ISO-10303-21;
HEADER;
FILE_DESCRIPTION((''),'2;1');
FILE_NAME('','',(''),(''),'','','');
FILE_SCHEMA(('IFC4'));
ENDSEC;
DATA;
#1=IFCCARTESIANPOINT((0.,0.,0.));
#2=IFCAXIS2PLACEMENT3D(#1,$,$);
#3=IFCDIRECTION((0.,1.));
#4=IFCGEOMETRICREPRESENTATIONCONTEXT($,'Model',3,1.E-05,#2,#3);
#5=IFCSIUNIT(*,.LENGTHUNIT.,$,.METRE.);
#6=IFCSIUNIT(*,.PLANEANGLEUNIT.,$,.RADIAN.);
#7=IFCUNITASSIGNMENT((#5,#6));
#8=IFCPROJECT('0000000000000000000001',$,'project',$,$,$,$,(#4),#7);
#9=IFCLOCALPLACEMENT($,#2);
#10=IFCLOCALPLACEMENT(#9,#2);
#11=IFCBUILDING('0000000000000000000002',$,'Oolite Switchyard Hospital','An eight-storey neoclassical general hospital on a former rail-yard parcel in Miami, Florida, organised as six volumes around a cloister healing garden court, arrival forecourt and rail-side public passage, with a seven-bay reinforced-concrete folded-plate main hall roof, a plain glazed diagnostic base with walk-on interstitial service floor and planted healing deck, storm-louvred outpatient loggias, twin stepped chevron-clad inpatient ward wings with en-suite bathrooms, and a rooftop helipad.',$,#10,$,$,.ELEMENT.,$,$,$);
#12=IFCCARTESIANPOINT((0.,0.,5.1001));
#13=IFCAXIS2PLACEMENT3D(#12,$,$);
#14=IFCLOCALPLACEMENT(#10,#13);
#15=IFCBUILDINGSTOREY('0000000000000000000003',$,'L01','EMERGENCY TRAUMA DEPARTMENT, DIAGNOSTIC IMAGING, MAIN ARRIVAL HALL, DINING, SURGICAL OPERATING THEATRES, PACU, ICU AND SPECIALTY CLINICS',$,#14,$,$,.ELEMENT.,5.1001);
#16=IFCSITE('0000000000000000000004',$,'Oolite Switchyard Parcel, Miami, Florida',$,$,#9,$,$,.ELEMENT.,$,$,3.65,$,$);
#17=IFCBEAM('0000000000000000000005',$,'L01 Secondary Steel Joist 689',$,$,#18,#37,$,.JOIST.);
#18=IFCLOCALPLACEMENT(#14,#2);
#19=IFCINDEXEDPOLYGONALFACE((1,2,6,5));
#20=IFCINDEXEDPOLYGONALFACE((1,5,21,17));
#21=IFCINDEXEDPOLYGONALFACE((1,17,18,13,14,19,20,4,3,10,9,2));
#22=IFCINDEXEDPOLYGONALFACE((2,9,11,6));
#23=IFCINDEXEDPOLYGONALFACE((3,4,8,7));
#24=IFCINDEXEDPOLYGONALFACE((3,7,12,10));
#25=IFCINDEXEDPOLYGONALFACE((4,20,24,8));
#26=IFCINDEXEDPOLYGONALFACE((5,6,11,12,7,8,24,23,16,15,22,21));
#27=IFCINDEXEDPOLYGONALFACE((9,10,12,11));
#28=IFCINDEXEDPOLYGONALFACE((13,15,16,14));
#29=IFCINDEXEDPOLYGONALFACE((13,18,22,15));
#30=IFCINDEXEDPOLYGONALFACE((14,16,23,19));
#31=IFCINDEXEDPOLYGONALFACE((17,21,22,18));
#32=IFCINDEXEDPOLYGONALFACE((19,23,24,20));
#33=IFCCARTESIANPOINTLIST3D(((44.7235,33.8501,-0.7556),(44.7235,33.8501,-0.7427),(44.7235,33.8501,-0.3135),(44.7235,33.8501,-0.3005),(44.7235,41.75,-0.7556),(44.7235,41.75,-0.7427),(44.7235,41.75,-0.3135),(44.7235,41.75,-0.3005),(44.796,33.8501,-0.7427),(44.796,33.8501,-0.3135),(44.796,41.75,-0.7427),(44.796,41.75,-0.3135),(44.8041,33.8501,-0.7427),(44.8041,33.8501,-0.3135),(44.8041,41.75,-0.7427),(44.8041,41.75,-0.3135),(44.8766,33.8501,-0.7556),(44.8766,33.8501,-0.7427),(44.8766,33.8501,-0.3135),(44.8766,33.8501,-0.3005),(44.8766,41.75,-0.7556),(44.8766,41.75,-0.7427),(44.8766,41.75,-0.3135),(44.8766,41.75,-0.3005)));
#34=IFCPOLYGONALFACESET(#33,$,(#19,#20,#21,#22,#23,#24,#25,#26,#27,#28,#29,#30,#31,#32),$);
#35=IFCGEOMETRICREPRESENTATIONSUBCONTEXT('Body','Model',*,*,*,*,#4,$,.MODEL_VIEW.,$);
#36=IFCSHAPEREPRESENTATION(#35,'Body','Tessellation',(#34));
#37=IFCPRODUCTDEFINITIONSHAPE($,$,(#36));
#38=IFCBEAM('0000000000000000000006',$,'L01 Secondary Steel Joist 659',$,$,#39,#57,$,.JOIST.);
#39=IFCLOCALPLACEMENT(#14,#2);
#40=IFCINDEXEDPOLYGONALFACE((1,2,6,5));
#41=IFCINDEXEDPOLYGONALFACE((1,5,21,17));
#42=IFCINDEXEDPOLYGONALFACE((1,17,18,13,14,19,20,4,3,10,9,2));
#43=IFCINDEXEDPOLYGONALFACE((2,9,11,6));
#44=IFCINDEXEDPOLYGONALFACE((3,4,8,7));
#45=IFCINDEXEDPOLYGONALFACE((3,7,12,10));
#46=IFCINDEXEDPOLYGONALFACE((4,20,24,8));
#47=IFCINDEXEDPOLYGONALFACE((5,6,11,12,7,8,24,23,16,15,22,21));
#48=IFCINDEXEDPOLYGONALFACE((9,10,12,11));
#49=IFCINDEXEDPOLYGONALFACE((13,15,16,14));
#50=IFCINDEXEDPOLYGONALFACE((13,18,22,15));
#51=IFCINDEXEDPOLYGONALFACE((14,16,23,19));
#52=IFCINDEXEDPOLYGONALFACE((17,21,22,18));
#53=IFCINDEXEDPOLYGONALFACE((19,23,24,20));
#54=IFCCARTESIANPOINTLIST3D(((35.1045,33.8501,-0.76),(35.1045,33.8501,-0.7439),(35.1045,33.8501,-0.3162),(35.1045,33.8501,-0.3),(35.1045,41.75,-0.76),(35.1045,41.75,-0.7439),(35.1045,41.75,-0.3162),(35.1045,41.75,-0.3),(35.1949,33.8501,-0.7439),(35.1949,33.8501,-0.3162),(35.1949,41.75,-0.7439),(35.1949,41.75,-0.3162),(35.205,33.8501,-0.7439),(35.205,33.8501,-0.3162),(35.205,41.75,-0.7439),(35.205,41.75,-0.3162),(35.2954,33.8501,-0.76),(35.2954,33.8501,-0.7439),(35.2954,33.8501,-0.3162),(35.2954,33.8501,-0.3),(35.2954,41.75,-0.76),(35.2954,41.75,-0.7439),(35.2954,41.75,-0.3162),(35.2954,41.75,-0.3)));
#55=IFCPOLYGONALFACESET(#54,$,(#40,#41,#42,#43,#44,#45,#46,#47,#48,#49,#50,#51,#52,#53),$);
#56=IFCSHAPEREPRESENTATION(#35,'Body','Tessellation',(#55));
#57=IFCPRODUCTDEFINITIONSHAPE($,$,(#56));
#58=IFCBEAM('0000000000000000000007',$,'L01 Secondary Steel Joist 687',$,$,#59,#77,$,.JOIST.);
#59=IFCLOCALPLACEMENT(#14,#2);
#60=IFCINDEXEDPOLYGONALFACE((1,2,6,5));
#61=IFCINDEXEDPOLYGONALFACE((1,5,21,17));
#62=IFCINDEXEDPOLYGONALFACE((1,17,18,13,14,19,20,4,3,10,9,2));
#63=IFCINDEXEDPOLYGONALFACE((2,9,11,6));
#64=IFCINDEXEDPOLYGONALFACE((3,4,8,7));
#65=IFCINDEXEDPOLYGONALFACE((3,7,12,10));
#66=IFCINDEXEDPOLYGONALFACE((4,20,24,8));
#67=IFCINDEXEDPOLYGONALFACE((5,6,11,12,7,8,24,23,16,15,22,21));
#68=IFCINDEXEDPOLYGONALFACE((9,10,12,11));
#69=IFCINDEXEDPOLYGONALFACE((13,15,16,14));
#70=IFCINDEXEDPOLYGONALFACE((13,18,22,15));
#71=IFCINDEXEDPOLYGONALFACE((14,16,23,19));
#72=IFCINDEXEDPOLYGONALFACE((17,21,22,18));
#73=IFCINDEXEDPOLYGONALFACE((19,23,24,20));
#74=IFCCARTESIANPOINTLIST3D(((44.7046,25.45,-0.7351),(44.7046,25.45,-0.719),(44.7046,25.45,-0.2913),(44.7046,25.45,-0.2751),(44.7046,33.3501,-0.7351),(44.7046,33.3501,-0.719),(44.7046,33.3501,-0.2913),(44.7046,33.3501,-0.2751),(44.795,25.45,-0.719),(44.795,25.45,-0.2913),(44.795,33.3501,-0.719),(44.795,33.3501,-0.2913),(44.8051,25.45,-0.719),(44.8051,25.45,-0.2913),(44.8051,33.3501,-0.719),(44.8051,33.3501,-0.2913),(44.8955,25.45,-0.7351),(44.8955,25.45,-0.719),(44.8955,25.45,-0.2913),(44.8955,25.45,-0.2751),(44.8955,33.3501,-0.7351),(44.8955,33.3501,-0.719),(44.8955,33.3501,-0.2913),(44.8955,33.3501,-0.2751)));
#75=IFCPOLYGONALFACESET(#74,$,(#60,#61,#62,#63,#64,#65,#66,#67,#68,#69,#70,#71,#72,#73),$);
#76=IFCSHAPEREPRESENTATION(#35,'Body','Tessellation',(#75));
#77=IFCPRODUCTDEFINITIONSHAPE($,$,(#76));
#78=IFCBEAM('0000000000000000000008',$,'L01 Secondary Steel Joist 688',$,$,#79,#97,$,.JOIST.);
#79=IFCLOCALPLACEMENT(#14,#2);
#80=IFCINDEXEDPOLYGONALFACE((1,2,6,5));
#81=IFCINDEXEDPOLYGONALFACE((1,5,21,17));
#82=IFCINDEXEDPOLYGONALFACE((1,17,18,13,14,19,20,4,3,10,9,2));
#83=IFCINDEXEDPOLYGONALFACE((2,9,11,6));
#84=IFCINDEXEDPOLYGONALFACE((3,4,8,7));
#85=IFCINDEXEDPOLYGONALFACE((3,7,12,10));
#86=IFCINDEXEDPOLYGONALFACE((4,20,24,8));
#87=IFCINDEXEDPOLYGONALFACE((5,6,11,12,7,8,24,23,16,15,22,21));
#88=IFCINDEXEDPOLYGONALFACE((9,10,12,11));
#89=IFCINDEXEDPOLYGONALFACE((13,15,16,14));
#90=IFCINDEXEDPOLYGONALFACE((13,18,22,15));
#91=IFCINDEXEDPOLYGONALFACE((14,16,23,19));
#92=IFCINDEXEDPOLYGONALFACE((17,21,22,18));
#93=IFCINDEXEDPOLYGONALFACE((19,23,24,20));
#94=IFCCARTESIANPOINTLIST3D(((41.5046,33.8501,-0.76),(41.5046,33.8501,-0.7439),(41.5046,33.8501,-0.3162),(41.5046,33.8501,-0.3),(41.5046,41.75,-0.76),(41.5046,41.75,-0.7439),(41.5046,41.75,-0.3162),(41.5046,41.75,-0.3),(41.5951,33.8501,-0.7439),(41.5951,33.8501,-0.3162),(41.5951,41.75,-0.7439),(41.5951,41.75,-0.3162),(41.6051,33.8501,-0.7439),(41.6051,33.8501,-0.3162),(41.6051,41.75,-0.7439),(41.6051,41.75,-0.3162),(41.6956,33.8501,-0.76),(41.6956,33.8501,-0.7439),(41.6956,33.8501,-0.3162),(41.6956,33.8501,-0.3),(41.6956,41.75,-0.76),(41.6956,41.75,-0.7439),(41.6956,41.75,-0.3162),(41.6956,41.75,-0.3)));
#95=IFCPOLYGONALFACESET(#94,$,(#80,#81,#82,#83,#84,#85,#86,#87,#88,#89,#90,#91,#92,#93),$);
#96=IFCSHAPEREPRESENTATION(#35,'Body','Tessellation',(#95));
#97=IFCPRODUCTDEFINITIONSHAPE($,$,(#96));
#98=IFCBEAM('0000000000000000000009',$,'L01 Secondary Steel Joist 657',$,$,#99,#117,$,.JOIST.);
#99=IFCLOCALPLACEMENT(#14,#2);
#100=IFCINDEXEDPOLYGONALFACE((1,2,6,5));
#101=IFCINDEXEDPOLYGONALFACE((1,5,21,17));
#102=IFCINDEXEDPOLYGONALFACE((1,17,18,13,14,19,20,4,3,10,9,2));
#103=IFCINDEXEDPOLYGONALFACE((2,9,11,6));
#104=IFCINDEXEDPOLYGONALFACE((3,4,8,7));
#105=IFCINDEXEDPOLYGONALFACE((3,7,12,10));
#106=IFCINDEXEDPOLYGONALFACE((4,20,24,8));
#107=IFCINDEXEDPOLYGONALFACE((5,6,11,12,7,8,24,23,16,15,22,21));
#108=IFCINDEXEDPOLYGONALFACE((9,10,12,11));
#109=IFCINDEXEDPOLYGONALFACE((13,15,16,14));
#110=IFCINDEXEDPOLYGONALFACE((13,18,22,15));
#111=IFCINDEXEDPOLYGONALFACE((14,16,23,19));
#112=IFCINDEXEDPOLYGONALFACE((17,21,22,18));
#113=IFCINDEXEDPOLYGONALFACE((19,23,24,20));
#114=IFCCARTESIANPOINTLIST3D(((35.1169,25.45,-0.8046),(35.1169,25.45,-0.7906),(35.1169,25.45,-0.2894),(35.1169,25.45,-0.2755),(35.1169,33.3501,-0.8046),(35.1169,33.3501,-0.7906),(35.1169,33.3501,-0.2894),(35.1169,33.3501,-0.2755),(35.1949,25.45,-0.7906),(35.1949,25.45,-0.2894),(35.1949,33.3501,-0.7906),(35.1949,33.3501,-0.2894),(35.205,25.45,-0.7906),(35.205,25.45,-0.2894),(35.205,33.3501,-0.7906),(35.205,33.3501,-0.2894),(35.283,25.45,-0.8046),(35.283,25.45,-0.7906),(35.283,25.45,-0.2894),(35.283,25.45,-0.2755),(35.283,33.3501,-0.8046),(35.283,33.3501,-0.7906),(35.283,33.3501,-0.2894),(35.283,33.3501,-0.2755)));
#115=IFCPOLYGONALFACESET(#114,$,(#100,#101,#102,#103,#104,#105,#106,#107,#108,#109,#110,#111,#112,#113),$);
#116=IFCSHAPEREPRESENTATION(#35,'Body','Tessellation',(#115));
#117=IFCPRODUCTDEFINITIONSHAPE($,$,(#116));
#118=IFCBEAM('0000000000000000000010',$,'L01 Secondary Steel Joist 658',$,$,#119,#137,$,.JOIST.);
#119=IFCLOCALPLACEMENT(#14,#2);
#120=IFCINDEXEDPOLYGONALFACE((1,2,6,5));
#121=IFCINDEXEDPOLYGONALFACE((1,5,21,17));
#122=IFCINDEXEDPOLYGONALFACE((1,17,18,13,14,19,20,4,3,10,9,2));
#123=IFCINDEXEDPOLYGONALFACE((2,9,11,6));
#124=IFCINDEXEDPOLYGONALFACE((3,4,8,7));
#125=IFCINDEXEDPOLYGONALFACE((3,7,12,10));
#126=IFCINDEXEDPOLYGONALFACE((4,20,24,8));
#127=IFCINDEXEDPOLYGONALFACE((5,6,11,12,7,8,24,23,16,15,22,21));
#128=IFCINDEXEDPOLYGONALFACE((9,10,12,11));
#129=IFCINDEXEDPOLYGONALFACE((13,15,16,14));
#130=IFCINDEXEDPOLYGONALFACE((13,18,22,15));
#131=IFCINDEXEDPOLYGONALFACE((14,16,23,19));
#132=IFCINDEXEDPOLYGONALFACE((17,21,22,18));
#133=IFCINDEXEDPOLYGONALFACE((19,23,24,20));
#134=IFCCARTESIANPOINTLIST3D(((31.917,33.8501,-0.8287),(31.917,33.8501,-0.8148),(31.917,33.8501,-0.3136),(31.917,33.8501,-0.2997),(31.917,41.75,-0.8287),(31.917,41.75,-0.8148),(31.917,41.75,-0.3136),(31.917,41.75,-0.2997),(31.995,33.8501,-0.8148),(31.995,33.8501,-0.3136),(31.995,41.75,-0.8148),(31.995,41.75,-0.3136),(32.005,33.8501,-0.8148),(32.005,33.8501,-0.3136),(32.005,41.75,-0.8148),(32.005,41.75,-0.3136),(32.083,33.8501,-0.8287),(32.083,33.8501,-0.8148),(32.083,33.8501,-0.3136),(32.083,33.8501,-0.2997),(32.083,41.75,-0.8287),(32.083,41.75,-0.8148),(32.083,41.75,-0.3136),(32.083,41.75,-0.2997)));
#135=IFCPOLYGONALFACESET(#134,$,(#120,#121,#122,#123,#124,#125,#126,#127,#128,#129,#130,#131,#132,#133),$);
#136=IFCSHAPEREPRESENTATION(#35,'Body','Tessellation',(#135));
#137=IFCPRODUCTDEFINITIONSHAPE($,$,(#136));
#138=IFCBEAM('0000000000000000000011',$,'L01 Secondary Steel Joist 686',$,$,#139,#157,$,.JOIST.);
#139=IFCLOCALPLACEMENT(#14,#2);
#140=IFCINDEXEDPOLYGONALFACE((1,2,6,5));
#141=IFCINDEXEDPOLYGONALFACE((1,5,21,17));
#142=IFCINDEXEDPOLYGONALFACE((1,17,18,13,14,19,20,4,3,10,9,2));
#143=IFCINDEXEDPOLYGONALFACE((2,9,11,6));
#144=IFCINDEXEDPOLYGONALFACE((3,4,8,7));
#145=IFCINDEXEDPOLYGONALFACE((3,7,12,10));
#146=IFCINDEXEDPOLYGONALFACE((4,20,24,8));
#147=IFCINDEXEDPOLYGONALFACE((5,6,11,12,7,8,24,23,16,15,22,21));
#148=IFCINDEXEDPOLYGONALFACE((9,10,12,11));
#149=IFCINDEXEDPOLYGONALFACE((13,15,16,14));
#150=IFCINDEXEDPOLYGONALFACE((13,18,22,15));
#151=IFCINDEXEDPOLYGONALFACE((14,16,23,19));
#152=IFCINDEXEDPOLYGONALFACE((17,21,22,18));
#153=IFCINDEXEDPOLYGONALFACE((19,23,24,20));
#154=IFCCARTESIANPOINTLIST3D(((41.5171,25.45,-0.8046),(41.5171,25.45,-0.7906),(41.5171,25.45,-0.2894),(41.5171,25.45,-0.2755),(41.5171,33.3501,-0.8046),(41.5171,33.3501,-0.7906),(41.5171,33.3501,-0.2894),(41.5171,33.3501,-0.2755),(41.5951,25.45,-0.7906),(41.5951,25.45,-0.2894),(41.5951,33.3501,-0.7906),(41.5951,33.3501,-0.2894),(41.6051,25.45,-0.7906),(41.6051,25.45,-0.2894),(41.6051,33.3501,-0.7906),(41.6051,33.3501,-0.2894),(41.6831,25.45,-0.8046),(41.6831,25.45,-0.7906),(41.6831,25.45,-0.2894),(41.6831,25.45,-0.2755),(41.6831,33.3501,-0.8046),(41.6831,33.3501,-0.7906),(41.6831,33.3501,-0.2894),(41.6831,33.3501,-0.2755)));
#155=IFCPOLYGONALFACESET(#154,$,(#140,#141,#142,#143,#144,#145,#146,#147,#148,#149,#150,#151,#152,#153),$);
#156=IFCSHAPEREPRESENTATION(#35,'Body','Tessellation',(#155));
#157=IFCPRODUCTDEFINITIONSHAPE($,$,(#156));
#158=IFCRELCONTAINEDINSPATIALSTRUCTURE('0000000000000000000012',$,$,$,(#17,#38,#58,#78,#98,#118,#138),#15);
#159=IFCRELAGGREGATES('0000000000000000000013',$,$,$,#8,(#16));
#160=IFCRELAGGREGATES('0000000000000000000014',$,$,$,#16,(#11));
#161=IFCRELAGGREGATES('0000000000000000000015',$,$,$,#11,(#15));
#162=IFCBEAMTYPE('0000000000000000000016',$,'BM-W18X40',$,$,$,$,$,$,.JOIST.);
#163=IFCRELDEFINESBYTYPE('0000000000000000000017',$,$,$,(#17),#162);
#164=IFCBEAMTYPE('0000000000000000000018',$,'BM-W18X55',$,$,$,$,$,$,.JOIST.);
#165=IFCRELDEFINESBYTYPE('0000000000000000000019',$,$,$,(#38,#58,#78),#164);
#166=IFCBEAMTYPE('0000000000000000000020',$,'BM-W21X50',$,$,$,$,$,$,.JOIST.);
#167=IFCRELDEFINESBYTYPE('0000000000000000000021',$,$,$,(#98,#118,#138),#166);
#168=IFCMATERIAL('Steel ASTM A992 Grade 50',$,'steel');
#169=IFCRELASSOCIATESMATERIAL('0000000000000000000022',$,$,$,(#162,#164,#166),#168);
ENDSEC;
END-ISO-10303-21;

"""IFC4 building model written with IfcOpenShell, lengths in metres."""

from ifc_helpers import new_model, si_unit, direction, frame, origin, origin_2d, place, context, subcontext, project, spatial, i_section, extrude, material, material_profile, profile_set, type_object, element, save


model = new_model("IFC4")

# Units and contexts
model_context = context("Model", 3, precision=1e-05, world=origin(), true_north=direction((0.0, 1.0)))
body_context = subcontext(model_context, "Body", "Model", "MODEL_VIEW")
ifc_project = project(units=[si_unit("LENGTHUNIT", "METRE"), si_unit("PLANEANGLEUNIT", "RADIAN")], contexts=[model_context])

# Site, building, storey
site_placement = place(None, origin())
site = spatial("IfcSite", under=ifc_project, at=site_placement, Name="Oolite Switchyard Parcel, Miami, Florida", CompositionType="ELEMENT", RefElevation=3.65)
building_placement = place(site_placement, origin())
building = spatial("IfcBuilding", under=site, at=building_placement, Name="Oolite Switchyard Hospital", Description="An eight-storey neoclassical general hospital on a former rail-yard parcel in Miami, Florida, organised as six volumes around a cloister healing garden court, arrival forecourt and rail-side public passage, with a seven-bay reinforced-concrete folded-plate main hall roof, a plain glazed diagnostic base with walk-on interstitial service floor and planted healing deck, storm-louvred outpatient loggias, twin stepped chevron-clad inpatient ward wings with en-suite bathrooms, and a rooftop helipad.", CompositionType="ELEMENT")
storey_placement = place(building_placement, frame((0.0, 0.0, 5.1001)))
storey = spatial("IfcBuildingStorey", under=building, at=storey_placement, Name="L01", Description="EMERGENCY TRAUMA DEPARTMENT, DIAGNOSTIC IMAGING, MAIN ARRIVAL HALL, DINING, SURGICAL OPERATING THEATRES, PACU, ICU AND SPECIALTY CLINICS", CompositionType="ELEMENT", Elevation=5.1001)

# Beams
ifc_material_1 = material(Name="Steel ASTM A992 Grade 50", Category="steel")
ifc_material_profile_1 = material_profile(ifc_material_1, i_section(OverallWidth=0.1531, OverallDepth=0.4551, WebThickness=0.0081, FlangeThickness=0.0129, at=origin_2d()), Name="W18X40")
ifc_profile_set_1 = profile_set([ifc_material_profile_1], Name="Steel ASTM A992 Grade 50")
beam_type_1 = type_object("IfcBeamType", Name="BM-W18X40", PredefinedType="JOIST", material=ifc_profile_set_1)
beam_1_placement = place(storey_placement, frame((44.8, 33.8501, -0.5281), z_axis=(0.0, 1.0, 0.0), x_axis=(-1.0, 0.0, 0.0)))
element("IfcBeam", 1, at=beam_1_placement, inside=storey, type_object=beam_type_1, Name="L01 Secondary Steel Joist 689", PredefinedType="JOIST", context=body_context, shape_type="SweptSolid", body=[
    extrude(i_section(OverallWidth=0.1531, OverallDepth=0.4551, WebThickness=0.0081, FlangeThickness=0.0129, at=origin_2d()), origin(), (0.0, 0.0, 1.0), 7.8999),
])
ifc_material_profile_2 = material_profile(ifc_material_1, i_section(OverallWidth=0.1909, OverallDepth=0.46, WebThickness=0.01, FlangeThickness=0.0161, at=origin_2d()), Name="W18X55")
ifc_profile_set_2 = profile_set([ifc_material_profile_2], Name="Steel ASTM A992 Grade 50")
beam_type_2 = type_object("IfcBeamType", Name="BM-W18X55", PredefinedType="JOIST", material=ifc_profile_set_2)
beam_2_placement = place(storey_placement, frame((35.2, 33.8501, -0.53), z_axis=(0.0, 1.0, 0.0), x_axis=(-1.0, 0.0, 0.0)))
element("IfcBeam", 2, at=beam_2_placement, inside=storey, type_object=beam_type_2, Name="L01 Secondary Steel Joist 659", PredefinedType="JOIST", context=body_context, shape_type="SweptSolid", body=[
    extrude(i_section(OverallWidth=0.1909, OverallDepth=0.46, WebThickness=0.01, FlangeThickness=0.0161, at=origin_2d()), origin(), (0.0, 0.0, 1.0), 7.8999),
])
beam_3_placement = place(storey_placement, frame((44.8, 25.45, -0.5051), z_axis=(0.0, 1.0, 0.0), x_axis=(-1.0, 0.0, 0.0)))
element("IfcBeam", 3, at=beam_3_placement, inside=storey, type_object=beam_type_2, Name="L01 Secondary Steel Joist 687", PredefinedType="JOIST", context=body_context, shape_type="SweptSolid", body=[
    extrude(i_section(OverallWidth=0.1909, OverallDepth=0.46, WebThickness=0.01, FlangeThickness=0.0161, at=origin_2d()), origin(), (0.0, 0.0, 1.0), 7.9001),
])
beam_4_placement = place(storey_placement, frame((41.6001, 33.8501, -0.53), z_axis=(0.0, 1.0, 0.0), x_axis=(-1.0, 0.0, 0.0)))
element("IfcBeam", 4, at=beam_4_placement, inside=storey, type_object=beam_type_2, Name="L01 Secondary Steel Joist 688", PredefinedType="JOIST", context=body_context, shape_type="SweptSolid", body=[
    extrude(i_section(OverallWidth=0.1909, OverallDepth=0.46, WebThickness=0.01, FlangeThickness=0.0161, at=origin_2d()), origin(), (0.0, 0.0, 1.0), 7.8999),
])
ifc_material_profile_3 = material_profile(ifc_material_1, i_section(OverallWidth=0.166, OverallDepth=0.5291, WebThickness=0.01, FlangeThickness=0.0139, at=origin_2d()), Name="W21X50")
ifc_profile_set_3 = profile_set([ifc_material_profile_3], Name="Steel ASTM A992 Grade 50")
beam_type_3 = type_object("IfcBeamType", Name="BM-W21X50", PredefinedType="JOIST", material=ifc_profile_set_3)
beam_5_placement = place(storey_placement, frame((35.2, 25.45, -0.54), z_axis=(0.0, 1.0, 0.0), x_axis=(-1.0, 0.0, 0.0)))
element("IfcBeam", 5, at=beam_5_placement, inside=storey, type_object=beam_type_3, Name="L01 Secondary Steel Joist 657", PredefinedType="JOIST", context=body_context, shape_type="SweptSolid", body=[
    extrude(i_section(OverallWidth=0.166, OverallDepth=0.5291, WebThickness=0.01, FlangeThickness=0.0139, at=origin_2d()), origin(), (0.0, 0.0, 1.0), 7.9001),
])
beam_6_placement = place(storey_placement, frame((32.0, 33.8501, -0.5642), z_axis=(0.0, 1.0, 0.0), x_axis=(-1.0, 0.0, 0.0)))
element("IfcBeam", 6, at=beam_6_placement, inside=storey, type_object=beam_type_3, Name="L01 Secondary Steel Joist 658", PredefinedType="JOIST", context=body_context, shape_type="SweptSolid", body=[
    extrude(i_section(OverallWidth=0.166, OverallDepth=0.5291, WebThickness=0.01, FlangeThickness=0.0139, at=origin_2d()), origin(), (0.0, 0.0, 1.0), 7.8999),
])
beam_7_placement = place(storey_placement, frame((41.6001, 25.45, -0.54), z_axis=(0.0, 1.0, 0.0), x_axis=(-1.0, 0.0, 0.0)))
element("IfcBeam", 7, at=beam_7_placement, inside=storey, type_object=beam_type_3, Name="L01 Secondary Steel Joist 686", PredefinedType="JOIST", context=body_context, shape_type="SweptSolid", body=[
    extrude(i_section(OverallWidth=0.166, OverallDepth=0.5291, WebThickness=0.01, FlangeThickness=0.0139, at=origin_2d()), origin(), (0.0, 0.0, 1.0), 7.9001),
])

save(model, "model.ifc")
